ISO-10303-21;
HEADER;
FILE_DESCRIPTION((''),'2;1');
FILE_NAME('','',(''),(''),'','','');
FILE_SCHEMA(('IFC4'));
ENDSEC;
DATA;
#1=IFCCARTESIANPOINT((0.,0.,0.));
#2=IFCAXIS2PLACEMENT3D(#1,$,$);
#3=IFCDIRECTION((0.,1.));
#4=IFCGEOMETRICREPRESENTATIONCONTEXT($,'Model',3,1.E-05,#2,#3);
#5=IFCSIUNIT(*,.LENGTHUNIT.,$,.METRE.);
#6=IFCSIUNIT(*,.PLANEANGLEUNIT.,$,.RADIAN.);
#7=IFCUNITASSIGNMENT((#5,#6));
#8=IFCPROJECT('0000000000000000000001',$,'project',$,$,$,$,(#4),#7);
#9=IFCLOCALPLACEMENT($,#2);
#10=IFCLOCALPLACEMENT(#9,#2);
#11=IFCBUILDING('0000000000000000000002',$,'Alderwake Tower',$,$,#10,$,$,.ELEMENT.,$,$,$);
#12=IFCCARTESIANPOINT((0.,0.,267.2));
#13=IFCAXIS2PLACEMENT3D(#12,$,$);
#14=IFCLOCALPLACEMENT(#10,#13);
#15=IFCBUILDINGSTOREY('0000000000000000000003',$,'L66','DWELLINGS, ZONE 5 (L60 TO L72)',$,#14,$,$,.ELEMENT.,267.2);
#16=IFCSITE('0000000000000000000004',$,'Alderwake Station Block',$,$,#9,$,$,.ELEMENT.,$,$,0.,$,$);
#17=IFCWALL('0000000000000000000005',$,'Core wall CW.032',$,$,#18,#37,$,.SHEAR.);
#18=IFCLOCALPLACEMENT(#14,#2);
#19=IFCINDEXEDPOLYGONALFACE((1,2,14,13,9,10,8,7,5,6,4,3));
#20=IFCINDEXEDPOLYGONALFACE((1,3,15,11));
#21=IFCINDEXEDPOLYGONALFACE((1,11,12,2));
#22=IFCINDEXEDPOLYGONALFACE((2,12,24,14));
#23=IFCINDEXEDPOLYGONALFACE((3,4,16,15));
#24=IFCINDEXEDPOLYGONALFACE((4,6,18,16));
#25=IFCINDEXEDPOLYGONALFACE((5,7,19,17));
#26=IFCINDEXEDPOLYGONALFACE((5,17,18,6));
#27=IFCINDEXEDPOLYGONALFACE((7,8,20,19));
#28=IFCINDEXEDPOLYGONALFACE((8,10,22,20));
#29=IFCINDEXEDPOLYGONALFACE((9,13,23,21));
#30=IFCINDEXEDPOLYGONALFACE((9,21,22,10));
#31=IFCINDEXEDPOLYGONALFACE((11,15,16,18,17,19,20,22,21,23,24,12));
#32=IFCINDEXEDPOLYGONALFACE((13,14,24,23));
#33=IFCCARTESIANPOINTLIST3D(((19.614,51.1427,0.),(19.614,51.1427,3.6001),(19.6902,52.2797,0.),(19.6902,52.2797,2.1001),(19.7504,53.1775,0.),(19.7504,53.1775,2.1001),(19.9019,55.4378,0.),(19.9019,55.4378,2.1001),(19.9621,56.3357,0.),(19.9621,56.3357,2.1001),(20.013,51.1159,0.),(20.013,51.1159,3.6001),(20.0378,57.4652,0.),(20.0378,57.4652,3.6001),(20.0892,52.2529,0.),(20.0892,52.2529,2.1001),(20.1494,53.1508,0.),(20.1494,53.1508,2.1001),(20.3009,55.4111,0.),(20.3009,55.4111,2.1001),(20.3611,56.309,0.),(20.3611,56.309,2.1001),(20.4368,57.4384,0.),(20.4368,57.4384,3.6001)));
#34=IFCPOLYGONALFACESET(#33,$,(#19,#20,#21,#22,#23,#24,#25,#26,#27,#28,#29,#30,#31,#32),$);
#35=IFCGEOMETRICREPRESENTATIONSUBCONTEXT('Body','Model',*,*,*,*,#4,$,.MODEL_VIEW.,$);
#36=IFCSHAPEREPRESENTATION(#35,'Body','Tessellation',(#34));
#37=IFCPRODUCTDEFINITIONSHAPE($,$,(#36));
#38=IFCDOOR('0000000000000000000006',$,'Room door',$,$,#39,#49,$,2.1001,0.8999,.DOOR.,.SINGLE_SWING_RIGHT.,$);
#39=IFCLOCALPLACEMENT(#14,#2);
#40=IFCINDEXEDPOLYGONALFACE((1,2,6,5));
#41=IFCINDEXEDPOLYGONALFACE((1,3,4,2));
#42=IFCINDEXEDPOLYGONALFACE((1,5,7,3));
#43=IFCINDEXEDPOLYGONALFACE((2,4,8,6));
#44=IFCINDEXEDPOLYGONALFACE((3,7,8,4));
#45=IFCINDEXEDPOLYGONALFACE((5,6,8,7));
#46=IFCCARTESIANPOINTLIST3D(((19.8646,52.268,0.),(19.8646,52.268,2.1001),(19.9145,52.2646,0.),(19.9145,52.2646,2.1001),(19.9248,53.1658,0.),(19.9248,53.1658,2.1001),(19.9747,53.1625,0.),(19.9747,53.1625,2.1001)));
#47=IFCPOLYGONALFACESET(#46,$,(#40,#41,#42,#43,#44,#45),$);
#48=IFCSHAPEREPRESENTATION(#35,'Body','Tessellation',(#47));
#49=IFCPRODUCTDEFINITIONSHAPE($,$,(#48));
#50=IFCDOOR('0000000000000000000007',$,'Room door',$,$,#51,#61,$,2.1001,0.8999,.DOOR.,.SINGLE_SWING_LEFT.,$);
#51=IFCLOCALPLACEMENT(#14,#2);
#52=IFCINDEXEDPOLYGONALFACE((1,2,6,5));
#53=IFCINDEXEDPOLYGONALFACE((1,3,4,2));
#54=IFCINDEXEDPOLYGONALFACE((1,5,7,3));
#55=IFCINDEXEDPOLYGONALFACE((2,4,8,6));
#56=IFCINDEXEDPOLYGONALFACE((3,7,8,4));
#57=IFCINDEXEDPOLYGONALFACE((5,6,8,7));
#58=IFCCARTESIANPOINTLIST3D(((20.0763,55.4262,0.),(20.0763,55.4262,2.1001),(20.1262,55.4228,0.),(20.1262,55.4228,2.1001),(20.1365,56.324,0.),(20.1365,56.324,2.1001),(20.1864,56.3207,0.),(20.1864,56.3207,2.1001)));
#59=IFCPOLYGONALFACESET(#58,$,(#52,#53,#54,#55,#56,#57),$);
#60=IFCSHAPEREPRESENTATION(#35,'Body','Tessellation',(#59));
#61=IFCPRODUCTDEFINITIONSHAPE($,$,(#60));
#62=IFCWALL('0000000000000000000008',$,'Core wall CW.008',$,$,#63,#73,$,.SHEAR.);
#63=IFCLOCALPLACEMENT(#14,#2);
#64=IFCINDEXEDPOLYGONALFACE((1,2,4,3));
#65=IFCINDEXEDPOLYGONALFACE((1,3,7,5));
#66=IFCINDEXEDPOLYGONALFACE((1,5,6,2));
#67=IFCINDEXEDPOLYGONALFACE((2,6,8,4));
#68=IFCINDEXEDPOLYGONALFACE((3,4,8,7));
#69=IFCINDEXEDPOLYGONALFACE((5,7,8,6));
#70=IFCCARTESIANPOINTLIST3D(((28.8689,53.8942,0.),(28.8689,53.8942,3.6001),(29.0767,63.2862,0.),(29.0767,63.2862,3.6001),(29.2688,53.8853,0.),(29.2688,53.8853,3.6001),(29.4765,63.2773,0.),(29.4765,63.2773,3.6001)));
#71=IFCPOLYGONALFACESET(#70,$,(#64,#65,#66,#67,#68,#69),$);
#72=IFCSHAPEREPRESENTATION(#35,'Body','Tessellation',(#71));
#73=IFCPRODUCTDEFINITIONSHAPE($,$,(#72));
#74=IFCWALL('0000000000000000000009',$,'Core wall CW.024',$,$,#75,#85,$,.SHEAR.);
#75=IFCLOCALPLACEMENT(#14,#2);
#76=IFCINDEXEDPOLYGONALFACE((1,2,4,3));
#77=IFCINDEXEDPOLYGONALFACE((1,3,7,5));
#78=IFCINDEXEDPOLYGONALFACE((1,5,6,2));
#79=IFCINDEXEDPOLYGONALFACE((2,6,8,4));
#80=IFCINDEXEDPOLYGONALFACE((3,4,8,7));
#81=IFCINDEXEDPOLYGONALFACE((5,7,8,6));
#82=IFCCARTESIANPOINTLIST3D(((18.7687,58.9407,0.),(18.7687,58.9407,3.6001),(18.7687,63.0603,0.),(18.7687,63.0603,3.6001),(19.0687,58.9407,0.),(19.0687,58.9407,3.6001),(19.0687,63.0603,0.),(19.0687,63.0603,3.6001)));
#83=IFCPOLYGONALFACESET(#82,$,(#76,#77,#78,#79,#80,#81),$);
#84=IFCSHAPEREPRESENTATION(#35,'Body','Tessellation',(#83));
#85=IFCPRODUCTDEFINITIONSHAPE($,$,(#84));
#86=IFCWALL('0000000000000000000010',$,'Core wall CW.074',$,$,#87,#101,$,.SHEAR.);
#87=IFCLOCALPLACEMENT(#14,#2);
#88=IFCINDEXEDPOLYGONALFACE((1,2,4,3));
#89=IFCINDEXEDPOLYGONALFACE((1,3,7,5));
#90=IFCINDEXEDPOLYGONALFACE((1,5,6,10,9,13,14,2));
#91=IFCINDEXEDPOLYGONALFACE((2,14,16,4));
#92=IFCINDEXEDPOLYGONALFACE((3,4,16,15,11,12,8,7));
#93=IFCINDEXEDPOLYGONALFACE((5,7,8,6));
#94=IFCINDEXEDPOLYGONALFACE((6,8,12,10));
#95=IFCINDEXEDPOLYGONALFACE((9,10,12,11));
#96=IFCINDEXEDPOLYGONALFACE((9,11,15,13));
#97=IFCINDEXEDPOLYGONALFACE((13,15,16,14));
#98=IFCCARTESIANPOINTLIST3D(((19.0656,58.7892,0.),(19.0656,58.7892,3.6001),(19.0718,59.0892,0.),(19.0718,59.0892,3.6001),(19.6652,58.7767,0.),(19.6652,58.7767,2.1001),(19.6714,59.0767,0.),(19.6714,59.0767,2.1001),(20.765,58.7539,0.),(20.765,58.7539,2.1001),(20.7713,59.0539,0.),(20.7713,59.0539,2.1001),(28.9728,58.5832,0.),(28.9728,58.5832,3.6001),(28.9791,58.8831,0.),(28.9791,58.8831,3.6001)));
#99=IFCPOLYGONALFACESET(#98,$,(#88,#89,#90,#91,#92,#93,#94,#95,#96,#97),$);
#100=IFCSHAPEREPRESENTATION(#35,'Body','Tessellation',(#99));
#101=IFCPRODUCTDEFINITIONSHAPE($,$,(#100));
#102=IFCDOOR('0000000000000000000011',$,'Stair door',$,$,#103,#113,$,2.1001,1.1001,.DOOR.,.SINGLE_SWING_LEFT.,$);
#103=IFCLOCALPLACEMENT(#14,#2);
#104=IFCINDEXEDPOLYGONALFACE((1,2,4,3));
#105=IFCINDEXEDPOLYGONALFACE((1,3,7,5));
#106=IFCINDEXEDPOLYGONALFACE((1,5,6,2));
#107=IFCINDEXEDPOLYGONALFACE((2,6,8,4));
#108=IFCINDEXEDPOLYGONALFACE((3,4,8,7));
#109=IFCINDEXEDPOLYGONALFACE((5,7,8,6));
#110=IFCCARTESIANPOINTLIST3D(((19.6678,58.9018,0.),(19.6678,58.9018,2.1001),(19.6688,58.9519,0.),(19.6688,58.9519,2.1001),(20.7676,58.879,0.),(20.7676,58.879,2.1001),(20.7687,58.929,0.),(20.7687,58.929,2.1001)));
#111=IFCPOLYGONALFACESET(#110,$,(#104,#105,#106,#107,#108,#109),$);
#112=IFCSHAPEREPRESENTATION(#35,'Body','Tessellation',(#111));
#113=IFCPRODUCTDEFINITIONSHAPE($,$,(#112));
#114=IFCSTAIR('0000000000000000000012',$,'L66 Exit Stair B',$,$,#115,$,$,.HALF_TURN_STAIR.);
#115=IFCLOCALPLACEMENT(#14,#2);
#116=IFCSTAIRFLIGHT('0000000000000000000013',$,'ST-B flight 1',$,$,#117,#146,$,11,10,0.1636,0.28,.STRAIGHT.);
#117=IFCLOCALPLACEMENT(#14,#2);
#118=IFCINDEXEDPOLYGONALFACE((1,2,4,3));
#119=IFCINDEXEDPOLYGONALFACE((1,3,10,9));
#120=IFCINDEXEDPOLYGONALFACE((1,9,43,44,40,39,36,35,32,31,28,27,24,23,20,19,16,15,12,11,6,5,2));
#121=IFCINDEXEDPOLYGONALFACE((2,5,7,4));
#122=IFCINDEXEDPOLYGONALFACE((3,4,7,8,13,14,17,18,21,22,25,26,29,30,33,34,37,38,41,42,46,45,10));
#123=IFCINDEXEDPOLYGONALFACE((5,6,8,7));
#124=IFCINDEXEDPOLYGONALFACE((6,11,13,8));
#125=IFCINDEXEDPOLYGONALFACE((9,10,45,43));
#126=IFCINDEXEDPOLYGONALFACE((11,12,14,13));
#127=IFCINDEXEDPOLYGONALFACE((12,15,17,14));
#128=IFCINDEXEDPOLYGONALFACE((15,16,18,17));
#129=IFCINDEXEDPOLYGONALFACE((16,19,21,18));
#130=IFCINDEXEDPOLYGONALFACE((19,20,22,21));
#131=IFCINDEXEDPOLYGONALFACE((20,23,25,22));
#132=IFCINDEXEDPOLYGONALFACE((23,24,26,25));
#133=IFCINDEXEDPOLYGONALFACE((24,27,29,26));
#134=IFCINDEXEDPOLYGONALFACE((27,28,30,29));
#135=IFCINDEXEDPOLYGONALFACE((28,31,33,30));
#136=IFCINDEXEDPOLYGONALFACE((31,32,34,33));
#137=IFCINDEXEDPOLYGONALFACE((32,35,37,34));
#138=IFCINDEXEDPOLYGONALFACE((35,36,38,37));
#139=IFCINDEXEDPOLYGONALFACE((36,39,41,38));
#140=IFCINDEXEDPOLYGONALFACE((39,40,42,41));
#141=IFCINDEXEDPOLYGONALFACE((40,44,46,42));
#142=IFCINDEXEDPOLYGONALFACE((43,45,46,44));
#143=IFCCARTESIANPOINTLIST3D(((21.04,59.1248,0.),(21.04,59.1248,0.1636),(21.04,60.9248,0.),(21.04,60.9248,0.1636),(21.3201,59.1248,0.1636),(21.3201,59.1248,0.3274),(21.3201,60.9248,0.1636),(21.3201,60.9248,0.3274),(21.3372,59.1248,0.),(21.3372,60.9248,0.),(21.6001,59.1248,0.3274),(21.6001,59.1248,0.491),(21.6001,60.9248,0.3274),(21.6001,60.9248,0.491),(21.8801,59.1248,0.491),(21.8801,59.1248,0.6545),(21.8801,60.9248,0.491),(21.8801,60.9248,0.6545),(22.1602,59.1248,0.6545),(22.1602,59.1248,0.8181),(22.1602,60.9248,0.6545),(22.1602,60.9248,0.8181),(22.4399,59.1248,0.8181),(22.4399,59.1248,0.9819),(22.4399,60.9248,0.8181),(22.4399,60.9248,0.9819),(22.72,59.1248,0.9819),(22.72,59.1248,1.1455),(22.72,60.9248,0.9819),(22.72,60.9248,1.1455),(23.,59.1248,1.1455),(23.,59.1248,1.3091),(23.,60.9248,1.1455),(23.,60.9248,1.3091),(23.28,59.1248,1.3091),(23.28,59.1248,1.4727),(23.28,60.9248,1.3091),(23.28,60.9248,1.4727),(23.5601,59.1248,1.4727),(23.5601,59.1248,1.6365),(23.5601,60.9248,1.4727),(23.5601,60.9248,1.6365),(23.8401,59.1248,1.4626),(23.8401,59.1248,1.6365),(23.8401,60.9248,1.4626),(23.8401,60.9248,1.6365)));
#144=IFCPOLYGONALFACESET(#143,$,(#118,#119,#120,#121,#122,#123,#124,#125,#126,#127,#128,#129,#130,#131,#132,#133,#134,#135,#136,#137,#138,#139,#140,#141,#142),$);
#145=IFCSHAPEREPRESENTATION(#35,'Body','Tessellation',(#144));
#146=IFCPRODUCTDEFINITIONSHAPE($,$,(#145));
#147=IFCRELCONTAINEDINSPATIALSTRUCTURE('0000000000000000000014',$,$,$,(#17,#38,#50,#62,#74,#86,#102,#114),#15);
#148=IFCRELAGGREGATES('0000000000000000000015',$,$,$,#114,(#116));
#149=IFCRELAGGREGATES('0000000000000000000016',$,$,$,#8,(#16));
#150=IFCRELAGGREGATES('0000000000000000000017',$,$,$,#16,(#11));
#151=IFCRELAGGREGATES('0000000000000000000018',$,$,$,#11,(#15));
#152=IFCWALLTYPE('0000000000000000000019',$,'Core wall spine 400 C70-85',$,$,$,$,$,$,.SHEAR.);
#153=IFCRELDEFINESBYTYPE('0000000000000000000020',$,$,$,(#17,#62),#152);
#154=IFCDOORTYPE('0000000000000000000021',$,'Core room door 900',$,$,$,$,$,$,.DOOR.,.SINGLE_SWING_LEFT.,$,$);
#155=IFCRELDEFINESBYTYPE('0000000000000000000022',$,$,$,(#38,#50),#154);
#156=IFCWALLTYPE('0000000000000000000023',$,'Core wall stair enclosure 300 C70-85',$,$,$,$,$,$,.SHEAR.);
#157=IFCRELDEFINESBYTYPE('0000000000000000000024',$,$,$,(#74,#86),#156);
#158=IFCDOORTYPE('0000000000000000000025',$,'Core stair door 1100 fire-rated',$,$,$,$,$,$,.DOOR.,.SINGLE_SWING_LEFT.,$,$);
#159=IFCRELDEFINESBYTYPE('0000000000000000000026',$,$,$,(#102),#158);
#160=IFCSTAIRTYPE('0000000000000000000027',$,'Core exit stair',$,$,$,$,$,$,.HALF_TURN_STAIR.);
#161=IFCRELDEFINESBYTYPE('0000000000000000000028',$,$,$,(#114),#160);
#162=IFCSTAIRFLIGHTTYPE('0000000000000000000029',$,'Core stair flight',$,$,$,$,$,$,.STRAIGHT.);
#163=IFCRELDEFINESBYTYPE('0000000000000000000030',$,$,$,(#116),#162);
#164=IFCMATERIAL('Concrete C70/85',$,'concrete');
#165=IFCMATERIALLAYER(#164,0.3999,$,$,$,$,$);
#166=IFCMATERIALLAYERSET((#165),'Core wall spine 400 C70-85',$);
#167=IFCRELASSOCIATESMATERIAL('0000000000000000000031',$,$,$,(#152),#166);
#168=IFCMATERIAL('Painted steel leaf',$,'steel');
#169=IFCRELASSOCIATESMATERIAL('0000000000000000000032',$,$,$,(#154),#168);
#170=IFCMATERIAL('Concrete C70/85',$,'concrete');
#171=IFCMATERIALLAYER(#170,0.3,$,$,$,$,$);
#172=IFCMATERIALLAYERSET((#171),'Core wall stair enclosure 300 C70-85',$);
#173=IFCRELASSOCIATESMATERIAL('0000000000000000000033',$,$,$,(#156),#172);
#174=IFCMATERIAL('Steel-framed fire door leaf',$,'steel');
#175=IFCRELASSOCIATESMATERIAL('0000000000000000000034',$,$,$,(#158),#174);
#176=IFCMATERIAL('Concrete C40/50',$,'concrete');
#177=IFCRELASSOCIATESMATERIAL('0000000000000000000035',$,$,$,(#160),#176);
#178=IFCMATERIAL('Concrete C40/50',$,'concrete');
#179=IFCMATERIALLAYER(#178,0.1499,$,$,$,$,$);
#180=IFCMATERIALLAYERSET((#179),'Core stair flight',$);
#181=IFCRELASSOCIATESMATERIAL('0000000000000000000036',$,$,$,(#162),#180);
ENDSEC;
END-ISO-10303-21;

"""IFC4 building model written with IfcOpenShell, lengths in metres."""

from ifc_helpers import new_model, si_unit, direction, frame, frame_2d, origin, place, context, subcontext, project, spatial, polyline, rectangle, outline, extrude, material, layer, layer_set, type_object, element, fill, aggregate, save


model = new_model("IFC4")

# Units and contexts
model_context = context("Model", 3, precision=1e-05, world=origin(), true_north=direction((0.0, 1.0)))
body_context = subcontext(model_context, "Body", "Model", "MODEL_VIEW")
ifc_project = project(units=[si_unit("LENGTHUNIT", "METRE"), si_unit("PLANEANGLEUNIT", "RADIAN")], contexts=[model_context])

# Site, building, storey
site_placement = place(None, origin())
site = spatial("IfcSite", under=ifc_project, at=site_placement, Name="Alderwake Station Block", CompositionType="ELEMENT", RefElevation=0.0)
building_placement = place(site_placement, origin())
building = spatial("IfcBuilding", under=site, at=building_placement, Name="Alderwake Tower", CompositionType="ELEMENT")
storey_placement = place(building_placement, frame((0.0, 0.0, 267.2)))
storey = spatial("IfcBuildingStorey", under=building, at=storey_placement, Name="L66", Description="DWELLINGS, ZONE 5 (L60 TO L72)", CompositionType="ELEMENT", Elevation=267.2)

# Wall, openings, doors
ifc_material_1 = material(Name="Concrete C70/85", Category="concrete")
ifc_layer_1 = layer(ifc_material_1, 0.3999)
ifc_layer_set_1 = layer_set([ifc_layer_1], Name="Core wall spine 400 C70-85")
wall_type_1 = type_object("IfcWallType", Name="Core wall spine 400 C70-85", PredefinedType="SHEAR", material=ifc_layer_set_1)
wall_1_placement = place(storey_placement, frame((20.2373, 57.4519, 0.0), z_axis=(0.0, 0.0, 1.0), x_axis=(-0.066885, -0.997761, 0.0)))
wall_1 = element("IfcWall", 1, at=wall_1_placement, inside=storey, type_object=wall_type_1, Name="Core wall CW.032", PredefinedType="SHEAR", context=body_context, shape_type="SweptSolid", body=[
    extrude(rectangle(XDim=6.3367, YDim=0.3999, at=frame_2d((3.1685, 0.0))), origin(), (0.0, 0.0, 1.0), 3.6001),
])
opening_1_placement = place(wall_1_placement, frame((4.2974, 0.0, 0.0)))
opening_1 = element("IfcOpeningElement", 2, at=opening_1_placement, cuts=wall_1, PredefinedType="OPENING", context=body_context, shape_type="SweptSolid", body=[
    extrude(rectangle(XDim=0.8999, YDim=2.1001, at=frame_2d((0.45, 1.05))), frame((0.0, 0.21, 0.0), z_axis=(0.0, -1.0, 0.0), x_axis=(1.0, 0.0, 0.0)), (0.0, 0.0, 1.0), 0.4199),
])
opening_2_placement = place(wall_1_placement, frame((1.1321, 0.0, 0.0)))
opening_2 = element("IfcOpeningElement", 3, at=opening_2_placement, cuts=wall_1, PredefinedType="OPENING", context=body_context, shape_type="SweptSolid", body=[
    extrude(rectangle(XDim=0.8999, YDim=2.1001, at=frame_2d((0.45, 1.05))), frame((0.0, 0.21, 0.0), z_axis=(0.0, -1.0, 0.0), x_axis=(1.0, 0.0, 0.0)), (0.0, 0.0, 1.0), 0.4199),
])
ifc_material_2 = material(Name="Painted steel leaf", Category="steel")
door_type_1 = type_object("IfcDoorType", Name="Core room door 900", OperationType="SINGLE_SWING_LEFT", PredefinedType="DOOR", material=ifc_material_2)
door_1_placement = place(opening_1_placement, origin())
door_1 = element("IfcDoor", 4, at=door_1_placement, inside=storey, type_object=door_type_1, Name="Room door", OperationType="SINGLE_SWING_RIGHT", OverallHeight=2.1001, OverallWidth=0.8999, PredefinedType="DOOR", context=body_context, shape_type="SweptSolid", body=[
    extrude(rectangle(XDim=0.8999, YDim=2.1001, at=frame_2d((0.45, 1.05))), frame((0.0, 0.0249, 0.0), z_axis=(0.0, -1.0, 0.0), x_axis=(1.0, 0.0, 0.0)), (0.0, 0.0, 1.0), 0.05),
])
fill(opening_1, door_1)
door_2_placement = place(opening_2_placement, origin())
door_2 = element("IfcDoor", 5, at=door_2_placement, inside=storey, type_object=door_type_1, Name="Room door", OperationType="SINGLE_SWING_LEFT", OverallHeight=2.1001, OverallWidth=0.8999, PredefinedType="DOOR", context=body_context, shape_type="SweptSolid", body=[
    extrude(rectangle(XDim=0.8999, YDim=2.1001, at=frame_2d((0.45, 1.05))), frame((0.0, 0.0249, 0.0), z_axis=(0.0, -1.0, 0.0), x_axis=(1.0, 0.0, 0.0)), (0.0, 0.0, 1.0), 0.05),
])
fill(opening_2, door_2)

# Walls
wall_2_placement = place(storey_placement, frame((29.0688, 53.8896, 0.0), z_axis=(0.0, 0.0, 1.0), x_axis=(0.022116, 0.999755, 0.0)))
element("IfcWall", 6, at=wall_2_placement, inside=storey, type_object=wall_type_1, Name="Core wall CW.008", PredefinedType="SHEAR", context=body_context, shape_type="SweptSolid", body=[
    extrude(rectangle(XDim=9.3943, YDim=0.3999, at=frame_2d((4.6973, 0.0))), origin(), (0.0, 0.0, 1.0), 3.6001),
])
ifc_material_3 = material(Name="Concrete C70/85", Category="concrete")
ifc_layer_2 = layer(ifc_material_3, 0.3)
ifc_layer_set_2 = layer_set([ifc_layer_2], Name="Core wall stair enclosure 300 C70-85")
wall_type_2 = type_object("IfcWallType", Name="Core wall stair enclosure 300 C70-85", PredefinedType="SHEAR", material=ifc_layer_set_2)
wall_3_placement = place(storey_placement, frame((18.9187, 58.9407, 0.0), z_axis=(0.0, 0.0, 1.0), x_axis=(0.0, 1.0, 0.0)))
element("IfcWall", 7, at=wall_3_placement, inside=storey, type_object=wall_type_2, Name="Core wall CW.024", PredefinedType="SHEAR", context=body_context, shape_type="SweptSolid", body=[
    extrude(rectangle(XDim=4.1196, YDim=0.3, at=frame_2d((2.0598, 0.0))), origin(), (0.0, 0.0, 1.0), 3.6001),
])

# Wall, opening, door
wall_4_placement = place(storey_placement, frame((28.9758, 58.7332, 0.0), z_axis=(0.0, 0.0, 1.0), x_axis=(-0.999784, 0.020794, 0.0)))
wall_4 = element("IfcWall", 8, at=wall_4_placement, inside=storey, type_object=wall_type_2, Name="Core wall CW.074", PredefinedType="SHEAR", context=body_context, shape_type="SweptSolid", body=[
    extrude(rectangle(XDim=9.9094, YDim=0.3, at=frame_2d((4.9546, 0.0))), origin(), (0.0, 0.0, 1.0), 3.6001),
])
opening_3_placement = place(wall_4_placement, frame((8.2095, 0.0, 0.0)))
opening_3 = element("IfcOpeningElement", 9, at=opening_3_placement, cuts=wall_4, PredefinedType="OPENING", context=body_context, shape_type="SweptSolid", body=[
    extrude(rectangle(XDim=1.1001, YDim=2.1001, at=frame_2d((0.55, 1.05))), frame((0.0, 0.1599, 0.0), z_axis=(0.0, -1.0, 0.0), x_axis=(1.0, 0.0, 0.0)), (0.0, 0.0, 1.0), 0.3201),
])
ifc_material_4 = material(Name="Steel-framed fire door leaf", Category="steel")
door_type_2 = type_object("IfcDoorType", Name="Core stair door 1100 fire-rated", OperationType="SINGLE_SWING_LEFT", PredefinedType="DOOR", material=ifc_material_4)
door_3_placement = place(opening_3_placement, origin())
door_3 = element("IfcDoor", 10, at=door_3_placement, inside=storey, type_object=door_type_2, Name="Stair door", OperationType="SINGLE_SWING_LEFT", OverallHeight=2.1001, OverallWidth=1.1001, PredefinedType="DOOR", context=body_context, shape_type="SweptSolid", body=[
    extrude(rectangle(XDim=1.1001, YDim=2.1001, at=frame_2d((0.55, 1.05))), frame((0.0, 0.0249, 0.0), z_axis=(0.0, -1.0, 0.0), x_axis=(1.0, 0.0, 0.0)), (0.0, 0.0, 1.0), 0.05),
])
fill(opening_3, door_3)

# Stair, stair flight
ifc_material_5 = material(Name="Concrete C40/50", Category="concrete")
stair_type = type_object("IfcStairType", Name="Core exit stair", PredefinedType="HALF_TURN_STAIR", material=ifc_material_5)
stair_placement = place(storey_placement, origin())
stair = element("IfcStair", 11, at=stair_placement, inside=storey, type_object=stair_type, Name="L66 Exit Stair B", PredefinedType="HALF_TURN_STAIR")
ifc_material_6 = material(Name="Concrete C40/50", Category="concrete")
ifc_layer_3 = layer(ifc_material_6, 0.1499)
ifc_layer_set_3 = layer_set([ifc_layer_3], Name="Core stair flight")
stair_flight_type = type_object("IfcStairFlightType", Name="Core stair flight", PredefinedType="STRAIGHT", material=ifc_layer_set_3)
stair_flight_placement = place(storey_placement, frame((21.04, 60.0249, 0.0), z_axis=(0.0, 0.0, 1.0), x_axis=(1.0, 0.0, 0.0)))
stair_flight = element("IfcStairFlight", 12, at=stair_flight_placement, type_object=stair_flight_type, Name="ST-B flight 1", NumberOfRisers=11, NumberOfTreads=10, PredefinedType="STRAIGHT", RiserHeight=0.1636, TreadLength=0.28, context=body_context, shape_type="SweptSolid", body=[
    extrude(outline(polyline([(0.0, 0.0), (0.0, 0.1636), (0.28, 0.1636), (0.28, 0.3274), (0.5601, 0.3274), (0.5601, 0.491), (0.8401, 0.491), (0.8401, 0.6545), (1.1201, 0.6545), (1.1201, 0.8181), (1.3999, 0.8181), (1.3999, 0.9819), (1.6799, 0.9819), (1.6799, 1.1455), (1.96, 1.1455), (1.96, 1.3091), (2.24, 1.3091), (2.24, 1.4727), (2.52, 1.4727), (2.52, 1.6365), (2.8, 1.6365), (2.8, 1.8), (2.8, 1.4626), (0.2971, 0.0), (0.0, 0.0)])), frame((0.0, 0.8999, 0.0), z_axis=(0.0, -1.0, 0.0), x_axis=(1.0, 0.0, 0.0)), (0.0, 0.0, 1.0), 1.8),
])
aggregate(stair, [stair_flight])

save(model, "model.ifc")
